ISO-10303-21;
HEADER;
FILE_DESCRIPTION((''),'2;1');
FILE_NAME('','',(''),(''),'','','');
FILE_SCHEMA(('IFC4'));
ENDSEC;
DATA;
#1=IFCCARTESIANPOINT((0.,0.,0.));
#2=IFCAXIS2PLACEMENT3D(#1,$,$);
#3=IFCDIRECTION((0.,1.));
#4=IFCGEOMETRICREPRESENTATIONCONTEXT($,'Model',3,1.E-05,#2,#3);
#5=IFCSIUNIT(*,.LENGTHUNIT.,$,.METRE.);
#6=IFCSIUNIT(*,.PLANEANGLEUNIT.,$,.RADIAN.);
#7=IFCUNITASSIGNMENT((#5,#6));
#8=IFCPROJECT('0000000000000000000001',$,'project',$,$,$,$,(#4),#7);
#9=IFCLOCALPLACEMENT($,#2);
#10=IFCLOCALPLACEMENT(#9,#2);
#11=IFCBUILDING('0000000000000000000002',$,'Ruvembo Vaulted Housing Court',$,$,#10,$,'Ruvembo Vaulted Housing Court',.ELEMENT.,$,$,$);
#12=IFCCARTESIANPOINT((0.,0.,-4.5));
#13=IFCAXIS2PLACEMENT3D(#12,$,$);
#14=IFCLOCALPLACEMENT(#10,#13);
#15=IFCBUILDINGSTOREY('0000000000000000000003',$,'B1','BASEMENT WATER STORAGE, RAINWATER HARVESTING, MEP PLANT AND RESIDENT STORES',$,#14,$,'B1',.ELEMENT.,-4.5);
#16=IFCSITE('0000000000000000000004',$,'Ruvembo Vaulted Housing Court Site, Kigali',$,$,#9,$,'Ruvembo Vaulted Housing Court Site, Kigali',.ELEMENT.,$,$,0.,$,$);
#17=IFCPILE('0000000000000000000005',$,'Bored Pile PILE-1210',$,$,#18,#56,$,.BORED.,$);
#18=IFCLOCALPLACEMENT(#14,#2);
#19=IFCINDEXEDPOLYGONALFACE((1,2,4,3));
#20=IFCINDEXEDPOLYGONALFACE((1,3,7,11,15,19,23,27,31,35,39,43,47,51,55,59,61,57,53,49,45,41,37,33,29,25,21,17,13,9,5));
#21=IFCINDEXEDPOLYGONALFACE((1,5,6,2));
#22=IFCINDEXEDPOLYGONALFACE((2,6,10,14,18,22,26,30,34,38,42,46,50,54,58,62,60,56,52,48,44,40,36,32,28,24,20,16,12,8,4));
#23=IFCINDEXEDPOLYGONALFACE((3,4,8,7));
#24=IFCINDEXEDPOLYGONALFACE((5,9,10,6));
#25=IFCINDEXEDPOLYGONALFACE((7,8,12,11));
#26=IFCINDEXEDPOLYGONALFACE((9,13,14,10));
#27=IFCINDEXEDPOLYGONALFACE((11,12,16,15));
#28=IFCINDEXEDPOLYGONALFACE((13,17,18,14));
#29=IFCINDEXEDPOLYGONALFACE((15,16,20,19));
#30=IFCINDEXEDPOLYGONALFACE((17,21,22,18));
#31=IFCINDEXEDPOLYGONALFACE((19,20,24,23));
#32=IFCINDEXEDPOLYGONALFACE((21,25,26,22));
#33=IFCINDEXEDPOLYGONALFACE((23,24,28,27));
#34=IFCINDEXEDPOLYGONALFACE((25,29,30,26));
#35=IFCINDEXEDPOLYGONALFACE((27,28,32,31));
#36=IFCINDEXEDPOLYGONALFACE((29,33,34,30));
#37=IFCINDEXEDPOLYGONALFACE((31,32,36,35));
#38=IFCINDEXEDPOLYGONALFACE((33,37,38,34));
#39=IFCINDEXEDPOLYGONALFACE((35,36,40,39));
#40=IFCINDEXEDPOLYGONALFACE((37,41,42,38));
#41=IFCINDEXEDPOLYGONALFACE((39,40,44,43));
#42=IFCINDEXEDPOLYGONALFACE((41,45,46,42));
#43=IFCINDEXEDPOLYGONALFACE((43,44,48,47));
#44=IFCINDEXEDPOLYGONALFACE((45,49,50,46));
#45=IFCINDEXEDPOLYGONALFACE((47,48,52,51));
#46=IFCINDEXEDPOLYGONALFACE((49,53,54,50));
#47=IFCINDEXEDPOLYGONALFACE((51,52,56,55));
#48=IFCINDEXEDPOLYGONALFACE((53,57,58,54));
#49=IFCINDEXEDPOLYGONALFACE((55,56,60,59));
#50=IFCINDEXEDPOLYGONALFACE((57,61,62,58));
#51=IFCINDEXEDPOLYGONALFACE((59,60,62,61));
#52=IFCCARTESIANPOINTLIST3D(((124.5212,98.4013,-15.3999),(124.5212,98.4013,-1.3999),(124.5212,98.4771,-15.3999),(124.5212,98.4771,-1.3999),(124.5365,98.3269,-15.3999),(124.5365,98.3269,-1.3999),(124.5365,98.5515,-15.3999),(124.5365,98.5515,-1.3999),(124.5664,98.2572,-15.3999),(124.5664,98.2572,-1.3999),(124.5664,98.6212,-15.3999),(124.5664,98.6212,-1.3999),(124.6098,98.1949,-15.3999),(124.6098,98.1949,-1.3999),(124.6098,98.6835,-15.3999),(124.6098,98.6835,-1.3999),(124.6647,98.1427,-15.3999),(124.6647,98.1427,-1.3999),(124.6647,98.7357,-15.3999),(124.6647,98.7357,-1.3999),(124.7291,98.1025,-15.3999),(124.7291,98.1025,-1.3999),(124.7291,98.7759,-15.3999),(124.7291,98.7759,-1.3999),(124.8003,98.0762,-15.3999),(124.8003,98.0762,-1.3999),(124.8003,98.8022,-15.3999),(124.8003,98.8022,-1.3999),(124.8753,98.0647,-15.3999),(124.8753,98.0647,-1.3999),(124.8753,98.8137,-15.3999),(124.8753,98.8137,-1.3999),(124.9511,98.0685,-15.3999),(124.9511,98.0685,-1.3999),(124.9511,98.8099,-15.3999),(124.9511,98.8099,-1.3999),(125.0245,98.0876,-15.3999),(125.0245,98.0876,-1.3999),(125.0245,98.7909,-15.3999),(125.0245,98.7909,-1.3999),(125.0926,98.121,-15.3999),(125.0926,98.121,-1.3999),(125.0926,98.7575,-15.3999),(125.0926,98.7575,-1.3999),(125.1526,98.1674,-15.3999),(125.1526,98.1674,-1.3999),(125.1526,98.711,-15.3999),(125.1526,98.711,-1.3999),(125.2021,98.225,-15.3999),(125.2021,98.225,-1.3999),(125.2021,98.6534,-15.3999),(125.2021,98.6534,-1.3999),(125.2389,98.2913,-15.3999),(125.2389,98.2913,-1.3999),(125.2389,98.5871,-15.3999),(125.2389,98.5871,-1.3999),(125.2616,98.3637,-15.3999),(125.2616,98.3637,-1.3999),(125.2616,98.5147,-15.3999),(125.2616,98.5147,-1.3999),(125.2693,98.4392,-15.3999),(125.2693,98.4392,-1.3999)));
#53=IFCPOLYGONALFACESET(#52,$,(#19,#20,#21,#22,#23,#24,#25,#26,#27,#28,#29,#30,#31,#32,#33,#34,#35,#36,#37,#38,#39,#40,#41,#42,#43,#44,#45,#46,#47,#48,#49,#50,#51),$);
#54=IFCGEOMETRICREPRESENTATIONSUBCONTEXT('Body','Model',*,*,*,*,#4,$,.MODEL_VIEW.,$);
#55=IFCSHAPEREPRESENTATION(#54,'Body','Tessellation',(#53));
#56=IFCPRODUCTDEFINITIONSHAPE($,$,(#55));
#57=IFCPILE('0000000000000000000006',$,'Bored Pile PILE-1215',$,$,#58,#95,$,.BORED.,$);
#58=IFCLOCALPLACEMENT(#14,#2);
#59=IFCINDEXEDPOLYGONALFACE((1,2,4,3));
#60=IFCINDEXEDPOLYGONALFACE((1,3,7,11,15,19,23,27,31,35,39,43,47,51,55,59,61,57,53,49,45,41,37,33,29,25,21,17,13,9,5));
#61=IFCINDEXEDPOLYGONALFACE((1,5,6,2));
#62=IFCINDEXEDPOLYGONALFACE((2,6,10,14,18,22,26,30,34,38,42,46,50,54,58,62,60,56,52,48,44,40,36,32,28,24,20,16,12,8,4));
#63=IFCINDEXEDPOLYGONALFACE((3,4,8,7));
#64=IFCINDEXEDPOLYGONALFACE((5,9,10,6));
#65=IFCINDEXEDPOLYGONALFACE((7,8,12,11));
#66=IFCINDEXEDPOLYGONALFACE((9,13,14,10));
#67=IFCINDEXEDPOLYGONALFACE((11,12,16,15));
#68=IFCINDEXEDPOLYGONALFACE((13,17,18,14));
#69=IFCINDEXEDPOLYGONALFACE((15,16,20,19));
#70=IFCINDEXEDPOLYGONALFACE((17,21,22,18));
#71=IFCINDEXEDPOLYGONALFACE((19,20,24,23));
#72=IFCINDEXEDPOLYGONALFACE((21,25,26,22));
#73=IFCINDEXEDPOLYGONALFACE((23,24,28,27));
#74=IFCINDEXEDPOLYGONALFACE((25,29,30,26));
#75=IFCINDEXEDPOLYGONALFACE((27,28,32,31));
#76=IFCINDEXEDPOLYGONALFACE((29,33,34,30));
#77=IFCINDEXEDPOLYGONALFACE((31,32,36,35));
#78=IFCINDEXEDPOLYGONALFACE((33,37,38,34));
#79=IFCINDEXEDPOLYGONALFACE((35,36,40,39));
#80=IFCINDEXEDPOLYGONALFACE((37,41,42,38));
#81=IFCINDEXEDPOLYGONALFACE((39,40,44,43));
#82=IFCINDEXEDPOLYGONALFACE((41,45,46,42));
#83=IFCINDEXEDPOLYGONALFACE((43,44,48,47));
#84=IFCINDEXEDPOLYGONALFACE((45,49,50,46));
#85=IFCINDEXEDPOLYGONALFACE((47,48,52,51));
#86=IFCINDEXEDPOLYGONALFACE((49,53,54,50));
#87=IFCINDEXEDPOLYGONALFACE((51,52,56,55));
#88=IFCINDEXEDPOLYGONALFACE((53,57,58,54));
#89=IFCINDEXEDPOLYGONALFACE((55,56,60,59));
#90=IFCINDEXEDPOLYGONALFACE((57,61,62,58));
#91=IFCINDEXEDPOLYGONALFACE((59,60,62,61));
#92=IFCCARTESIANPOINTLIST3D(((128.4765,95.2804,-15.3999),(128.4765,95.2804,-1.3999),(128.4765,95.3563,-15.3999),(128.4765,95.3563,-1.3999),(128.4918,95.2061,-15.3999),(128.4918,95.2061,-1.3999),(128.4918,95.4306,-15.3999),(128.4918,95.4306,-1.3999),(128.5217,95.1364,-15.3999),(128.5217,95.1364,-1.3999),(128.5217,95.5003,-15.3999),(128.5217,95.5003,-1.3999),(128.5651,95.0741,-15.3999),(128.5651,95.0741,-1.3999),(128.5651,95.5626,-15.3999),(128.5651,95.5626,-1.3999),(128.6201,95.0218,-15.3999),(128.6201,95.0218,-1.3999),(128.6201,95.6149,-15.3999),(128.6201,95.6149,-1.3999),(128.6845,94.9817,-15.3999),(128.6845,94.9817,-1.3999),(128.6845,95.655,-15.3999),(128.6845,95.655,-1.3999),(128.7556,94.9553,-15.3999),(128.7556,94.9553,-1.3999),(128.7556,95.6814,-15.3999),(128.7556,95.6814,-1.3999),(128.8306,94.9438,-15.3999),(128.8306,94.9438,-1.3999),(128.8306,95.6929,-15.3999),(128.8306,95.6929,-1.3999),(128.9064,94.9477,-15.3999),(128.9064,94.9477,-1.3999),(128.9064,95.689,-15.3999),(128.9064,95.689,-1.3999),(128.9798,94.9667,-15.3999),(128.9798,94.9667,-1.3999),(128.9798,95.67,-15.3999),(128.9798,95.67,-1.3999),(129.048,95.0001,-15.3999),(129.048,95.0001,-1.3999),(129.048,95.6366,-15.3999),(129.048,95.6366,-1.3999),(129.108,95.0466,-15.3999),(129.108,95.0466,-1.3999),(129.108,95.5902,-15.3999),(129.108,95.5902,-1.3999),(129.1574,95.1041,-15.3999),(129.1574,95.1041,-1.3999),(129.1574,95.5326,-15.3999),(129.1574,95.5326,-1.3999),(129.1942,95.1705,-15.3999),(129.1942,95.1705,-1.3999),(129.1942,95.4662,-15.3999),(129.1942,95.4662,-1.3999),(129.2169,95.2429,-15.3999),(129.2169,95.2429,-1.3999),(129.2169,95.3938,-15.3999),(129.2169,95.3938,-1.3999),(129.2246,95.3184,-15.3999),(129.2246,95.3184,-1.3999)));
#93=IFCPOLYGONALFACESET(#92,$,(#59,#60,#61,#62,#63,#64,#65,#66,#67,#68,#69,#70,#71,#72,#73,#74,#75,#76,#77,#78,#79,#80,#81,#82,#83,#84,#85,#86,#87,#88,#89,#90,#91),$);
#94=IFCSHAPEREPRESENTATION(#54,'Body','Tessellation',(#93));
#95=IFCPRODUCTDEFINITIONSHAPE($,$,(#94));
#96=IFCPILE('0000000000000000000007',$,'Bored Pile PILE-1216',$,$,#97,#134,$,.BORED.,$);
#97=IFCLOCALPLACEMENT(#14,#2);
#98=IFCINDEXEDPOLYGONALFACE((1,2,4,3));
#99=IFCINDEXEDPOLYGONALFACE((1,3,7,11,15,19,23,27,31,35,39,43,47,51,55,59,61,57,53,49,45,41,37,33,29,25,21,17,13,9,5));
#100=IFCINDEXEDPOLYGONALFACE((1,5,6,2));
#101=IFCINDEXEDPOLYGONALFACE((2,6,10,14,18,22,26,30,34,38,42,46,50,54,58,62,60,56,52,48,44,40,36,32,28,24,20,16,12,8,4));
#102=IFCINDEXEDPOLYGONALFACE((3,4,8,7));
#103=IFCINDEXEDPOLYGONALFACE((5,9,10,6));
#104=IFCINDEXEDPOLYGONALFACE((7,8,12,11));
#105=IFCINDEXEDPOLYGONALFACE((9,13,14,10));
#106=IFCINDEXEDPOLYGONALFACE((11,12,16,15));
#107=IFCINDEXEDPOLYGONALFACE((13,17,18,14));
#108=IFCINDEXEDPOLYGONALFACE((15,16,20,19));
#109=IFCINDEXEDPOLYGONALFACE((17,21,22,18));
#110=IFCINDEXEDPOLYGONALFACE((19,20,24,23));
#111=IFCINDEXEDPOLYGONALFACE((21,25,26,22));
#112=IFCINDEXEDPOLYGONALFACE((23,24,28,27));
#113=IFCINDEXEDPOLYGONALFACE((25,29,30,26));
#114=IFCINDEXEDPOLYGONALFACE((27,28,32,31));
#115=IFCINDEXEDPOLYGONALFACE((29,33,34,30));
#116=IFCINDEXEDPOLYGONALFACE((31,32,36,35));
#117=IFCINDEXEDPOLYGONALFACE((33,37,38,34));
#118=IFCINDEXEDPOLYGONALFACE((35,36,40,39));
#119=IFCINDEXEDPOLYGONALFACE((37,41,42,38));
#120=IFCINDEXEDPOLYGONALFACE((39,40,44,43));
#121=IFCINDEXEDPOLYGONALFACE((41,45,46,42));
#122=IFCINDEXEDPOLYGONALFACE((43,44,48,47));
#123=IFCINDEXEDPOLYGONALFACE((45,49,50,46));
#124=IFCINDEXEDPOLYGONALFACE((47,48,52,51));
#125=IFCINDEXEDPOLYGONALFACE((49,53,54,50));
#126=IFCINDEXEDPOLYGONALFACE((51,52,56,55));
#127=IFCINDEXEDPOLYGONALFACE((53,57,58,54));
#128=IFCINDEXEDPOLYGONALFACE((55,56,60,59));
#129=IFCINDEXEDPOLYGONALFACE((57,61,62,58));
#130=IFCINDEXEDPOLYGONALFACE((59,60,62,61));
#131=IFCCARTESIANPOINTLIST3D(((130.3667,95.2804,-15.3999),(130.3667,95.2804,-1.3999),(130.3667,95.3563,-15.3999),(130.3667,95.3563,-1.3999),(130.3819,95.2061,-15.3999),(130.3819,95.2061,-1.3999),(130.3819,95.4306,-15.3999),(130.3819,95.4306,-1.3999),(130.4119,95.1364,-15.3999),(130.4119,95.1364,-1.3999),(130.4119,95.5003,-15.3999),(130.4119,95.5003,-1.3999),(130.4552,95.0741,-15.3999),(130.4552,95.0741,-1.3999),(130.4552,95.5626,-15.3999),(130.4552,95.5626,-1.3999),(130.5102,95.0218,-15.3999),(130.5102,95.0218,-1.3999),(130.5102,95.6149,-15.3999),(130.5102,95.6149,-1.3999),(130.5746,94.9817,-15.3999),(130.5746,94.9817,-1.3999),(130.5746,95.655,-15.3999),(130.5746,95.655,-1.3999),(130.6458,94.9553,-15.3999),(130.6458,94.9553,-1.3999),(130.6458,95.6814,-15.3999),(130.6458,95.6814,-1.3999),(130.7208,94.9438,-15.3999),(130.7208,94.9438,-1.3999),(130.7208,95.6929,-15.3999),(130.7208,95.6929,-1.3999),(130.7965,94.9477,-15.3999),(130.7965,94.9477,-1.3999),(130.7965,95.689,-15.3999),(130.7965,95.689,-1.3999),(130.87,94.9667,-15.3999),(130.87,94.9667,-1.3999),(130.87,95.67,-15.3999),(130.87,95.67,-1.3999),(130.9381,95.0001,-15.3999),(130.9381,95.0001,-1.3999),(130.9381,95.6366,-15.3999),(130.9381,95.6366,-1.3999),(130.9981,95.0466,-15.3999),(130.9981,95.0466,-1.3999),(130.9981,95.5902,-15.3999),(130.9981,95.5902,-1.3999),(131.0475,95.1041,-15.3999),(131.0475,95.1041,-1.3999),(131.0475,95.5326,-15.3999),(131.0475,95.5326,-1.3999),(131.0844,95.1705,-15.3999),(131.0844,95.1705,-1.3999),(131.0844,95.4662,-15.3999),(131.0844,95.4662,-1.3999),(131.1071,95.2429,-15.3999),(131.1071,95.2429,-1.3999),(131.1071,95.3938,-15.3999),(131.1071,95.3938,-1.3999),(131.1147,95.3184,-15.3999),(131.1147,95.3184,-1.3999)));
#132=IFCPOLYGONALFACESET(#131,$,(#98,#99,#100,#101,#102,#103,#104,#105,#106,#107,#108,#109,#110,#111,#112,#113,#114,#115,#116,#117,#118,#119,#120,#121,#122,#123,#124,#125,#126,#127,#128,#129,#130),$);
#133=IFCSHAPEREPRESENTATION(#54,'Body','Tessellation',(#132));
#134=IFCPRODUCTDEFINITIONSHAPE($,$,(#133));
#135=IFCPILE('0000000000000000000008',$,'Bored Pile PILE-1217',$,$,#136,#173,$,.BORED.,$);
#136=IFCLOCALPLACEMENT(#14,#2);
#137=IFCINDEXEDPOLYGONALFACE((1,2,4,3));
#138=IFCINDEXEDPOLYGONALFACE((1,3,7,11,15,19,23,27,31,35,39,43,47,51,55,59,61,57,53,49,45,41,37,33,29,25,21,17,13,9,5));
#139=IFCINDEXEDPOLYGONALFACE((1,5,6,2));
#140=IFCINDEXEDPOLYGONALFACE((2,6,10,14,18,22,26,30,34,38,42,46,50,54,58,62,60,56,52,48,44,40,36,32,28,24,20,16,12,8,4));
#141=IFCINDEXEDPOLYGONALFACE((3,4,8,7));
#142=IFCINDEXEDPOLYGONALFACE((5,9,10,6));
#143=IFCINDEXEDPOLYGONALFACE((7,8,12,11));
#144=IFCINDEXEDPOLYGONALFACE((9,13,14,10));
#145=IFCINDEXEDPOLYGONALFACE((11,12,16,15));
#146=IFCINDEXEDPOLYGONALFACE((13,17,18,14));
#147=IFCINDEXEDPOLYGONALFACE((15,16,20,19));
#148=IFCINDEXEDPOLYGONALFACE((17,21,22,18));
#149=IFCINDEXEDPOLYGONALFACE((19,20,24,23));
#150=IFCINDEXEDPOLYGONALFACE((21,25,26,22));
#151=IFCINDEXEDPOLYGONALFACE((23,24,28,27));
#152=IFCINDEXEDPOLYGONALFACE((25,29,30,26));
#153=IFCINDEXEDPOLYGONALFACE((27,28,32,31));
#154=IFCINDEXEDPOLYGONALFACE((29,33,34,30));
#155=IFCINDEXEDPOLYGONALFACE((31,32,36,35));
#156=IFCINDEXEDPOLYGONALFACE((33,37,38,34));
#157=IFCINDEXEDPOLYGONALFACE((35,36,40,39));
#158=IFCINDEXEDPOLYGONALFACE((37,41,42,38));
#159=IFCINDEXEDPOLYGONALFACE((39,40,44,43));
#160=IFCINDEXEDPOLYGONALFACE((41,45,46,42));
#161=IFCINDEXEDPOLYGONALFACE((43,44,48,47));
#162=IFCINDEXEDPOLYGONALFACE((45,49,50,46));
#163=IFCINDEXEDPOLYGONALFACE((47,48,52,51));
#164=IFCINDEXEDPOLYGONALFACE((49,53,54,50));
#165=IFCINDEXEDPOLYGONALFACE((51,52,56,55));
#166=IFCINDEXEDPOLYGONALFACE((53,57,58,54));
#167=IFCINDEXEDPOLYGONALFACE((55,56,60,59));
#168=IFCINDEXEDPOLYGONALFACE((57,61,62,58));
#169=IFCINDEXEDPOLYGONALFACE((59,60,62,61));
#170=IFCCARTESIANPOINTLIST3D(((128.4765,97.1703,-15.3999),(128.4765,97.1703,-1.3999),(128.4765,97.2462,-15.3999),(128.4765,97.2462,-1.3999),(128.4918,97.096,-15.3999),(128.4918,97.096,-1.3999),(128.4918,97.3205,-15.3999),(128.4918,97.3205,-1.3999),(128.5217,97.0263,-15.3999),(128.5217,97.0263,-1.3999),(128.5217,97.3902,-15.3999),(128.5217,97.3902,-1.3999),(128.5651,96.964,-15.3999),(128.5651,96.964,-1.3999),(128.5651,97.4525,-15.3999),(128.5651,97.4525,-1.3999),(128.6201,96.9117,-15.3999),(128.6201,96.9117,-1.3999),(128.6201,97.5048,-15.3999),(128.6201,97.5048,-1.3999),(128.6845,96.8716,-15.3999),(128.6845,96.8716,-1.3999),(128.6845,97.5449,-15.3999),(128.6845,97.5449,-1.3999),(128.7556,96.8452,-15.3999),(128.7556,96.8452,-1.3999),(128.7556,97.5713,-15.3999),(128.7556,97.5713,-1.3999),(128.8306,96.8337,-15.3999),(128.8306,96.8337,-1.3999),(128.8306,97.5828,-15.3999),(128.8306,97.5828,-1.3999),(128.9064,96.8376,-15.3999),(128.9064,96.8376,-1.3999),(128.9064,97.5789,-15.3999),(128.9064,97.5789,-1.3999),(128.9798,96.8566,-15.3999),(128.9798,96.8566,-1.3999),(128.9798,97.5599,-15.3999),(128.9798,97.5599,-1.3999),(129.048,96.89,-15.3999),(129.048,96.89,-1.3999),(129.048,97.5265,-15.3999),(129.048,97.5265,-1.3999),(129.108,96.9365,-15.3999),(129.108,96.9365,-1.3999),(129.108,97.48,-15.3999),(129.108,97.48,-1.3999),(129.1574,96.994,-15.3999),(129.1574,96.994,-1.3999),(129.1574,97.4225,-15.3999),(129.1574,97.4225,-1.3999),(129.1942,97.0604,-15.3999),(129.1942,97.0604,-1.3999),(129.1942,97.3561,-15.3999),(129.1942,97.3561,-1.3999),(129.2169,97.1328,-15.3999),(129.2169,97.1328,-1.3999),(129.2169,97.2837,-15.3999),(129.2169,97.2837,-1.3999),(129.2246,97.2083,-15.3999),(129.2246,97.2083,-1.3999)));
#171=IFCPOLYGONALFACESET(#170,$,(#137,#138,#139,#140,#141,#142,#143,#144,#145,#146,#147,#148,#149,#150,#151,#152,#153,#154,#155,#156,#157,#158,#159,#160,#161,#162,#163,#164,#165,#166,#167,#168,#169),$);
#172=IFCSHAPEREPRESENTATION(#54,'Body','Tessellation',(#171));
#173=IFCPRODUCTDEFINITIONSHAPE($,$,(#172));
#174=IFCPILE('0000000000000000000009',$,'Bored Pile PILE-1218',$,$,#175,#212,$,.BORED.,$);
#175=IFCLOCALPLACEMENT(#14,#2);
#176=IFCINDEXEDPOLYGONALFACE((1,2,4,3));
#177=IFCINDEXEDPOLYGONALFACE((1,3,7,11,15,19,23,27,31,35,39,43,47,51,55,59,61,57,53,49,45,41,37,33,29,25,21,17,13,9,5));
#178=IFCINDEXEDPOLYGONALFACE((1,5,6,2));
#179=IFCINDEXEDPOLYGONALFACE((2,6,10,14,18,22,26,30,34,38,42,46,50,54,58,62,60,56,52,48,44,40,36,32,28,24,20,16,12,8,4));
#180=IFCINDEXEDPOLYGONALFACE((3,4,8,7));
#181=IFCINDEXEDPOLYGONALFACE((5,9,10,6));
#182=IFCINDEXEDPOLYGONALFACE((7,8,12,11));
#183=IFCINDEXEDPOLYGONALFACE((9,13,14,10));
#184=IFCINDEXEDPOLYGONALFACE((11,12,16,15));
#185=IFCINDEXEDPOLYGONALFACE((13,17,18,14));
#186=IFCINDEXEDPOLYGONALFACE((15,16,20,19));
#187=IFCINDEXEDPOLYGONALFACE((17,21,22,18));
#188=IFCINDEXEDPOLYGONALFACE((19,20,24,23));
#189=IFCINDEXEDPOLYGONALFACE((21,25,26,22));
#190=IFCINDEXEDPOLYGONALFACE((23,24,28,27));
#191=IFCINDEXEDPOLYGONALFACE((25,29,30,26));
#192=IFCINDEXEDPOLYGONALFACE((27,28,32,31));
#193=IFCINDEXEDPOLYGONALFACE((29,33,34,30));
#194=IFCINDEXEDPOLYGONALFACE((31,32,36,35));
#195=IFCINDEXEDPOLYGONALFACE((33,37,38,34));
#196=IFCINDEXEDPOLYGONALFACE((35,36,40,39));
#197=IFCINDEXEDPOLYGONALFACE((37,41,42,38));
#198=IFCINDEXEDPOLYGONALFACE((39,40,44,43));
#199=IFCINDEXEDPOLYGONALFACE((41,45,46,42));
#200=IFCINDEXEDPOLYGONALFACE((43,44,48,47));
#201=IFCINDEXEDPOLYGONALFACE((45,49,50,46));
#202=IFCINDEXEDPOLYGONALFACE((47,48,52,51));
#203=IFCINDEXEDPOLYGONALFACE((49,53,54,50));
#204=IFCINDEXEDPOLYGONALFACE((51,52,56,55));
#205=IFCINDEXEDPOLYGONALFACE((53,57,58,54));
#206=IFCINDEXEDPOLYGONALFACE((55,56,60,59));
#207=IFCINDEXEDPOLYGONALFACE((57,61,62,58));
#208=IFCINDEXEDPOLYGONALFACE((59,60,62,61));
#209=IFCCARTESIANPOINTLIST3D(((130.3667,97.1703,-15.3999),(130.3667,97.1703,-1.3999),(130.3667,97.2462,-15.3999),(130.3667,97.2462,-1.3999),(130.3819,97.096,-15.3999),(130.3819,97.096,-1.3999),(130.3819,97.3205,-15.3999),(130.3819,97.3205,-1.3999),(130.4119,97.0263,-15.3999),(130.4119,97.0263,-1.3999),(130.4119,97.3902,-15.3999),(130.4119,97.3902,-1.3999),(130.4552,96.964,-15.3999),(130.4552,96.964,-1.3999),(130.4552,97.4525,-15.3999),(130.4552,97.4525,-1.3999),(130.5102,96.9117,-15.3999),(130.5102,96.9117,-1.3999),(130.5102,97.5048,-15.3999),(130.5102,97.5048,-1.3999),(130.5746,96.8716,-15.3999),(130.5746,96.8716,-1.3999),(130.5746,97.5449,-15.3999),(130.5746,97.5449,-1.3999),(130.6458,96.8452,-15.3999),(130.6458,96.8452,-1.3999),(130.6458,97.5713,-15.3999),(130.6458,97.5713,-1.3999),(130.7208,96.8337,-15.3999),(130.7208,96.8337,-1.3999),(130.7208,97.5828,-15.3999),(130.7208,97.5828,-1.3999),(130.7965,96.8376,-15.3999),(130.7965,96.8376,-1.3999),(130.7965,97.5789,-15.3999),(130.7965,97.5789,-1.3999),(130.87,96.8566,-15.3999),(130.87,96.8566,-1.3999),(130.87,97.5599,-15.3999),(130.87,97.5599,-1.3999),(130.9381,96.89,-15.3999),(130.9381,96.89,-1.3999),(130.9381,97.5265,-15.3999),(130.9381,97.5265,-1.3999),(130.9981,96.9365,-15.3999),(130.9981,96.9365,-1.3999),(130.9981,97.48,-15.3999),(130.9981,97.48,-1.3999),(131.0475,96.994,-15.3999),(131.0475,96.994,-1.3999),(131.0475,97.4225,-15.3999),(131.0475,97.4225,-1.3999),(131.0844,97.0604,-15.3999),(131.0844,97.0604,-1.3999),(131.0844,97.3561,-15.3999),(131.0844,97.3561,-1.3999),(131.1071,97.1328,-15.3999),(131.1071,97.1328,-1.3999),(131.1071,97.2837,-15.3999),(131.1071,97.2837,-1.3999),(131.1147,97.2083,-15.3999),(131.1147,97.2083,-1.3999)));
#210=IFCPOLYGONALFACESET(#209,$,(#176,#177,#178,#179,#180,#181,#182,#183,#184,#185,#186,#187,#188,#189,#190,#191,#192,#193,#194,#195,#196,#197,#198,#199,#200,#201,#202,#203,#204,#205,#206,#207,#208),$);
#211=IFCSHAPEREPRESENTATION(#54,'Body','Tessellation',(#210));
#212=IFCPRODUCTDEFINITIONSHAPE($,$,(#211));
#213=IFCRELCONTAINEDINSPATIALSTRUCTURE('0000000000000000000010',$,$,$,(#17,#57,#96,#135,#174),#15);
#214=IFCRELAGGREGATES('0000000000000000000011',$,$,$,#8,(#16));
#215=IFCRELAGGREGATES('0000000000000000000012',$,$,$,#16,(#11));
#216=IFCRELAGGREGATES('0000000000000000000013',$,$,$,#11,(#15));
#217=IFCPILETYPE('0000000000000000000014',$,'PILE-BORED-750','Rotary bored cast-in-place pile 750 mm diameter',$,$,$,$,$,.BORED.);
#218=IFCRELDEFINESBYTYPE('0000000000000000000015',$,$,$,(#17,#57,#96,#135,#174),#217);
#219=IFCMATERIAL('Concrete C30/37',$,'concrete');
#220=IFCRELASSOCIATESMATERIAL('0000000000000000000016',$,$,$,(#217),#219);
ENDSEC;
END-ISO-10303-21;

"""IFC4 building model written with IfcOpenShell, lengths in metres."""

from ifc_helpers import new_model, si_unit, direction, frame, origin, origin_2d, place, context, subcontext, project, spatial, circle, extrude, material, material_profile, profile_set, type_object, element, save


model = new_model("IFC4")

# Units and contexts
model_context = context("Model", 3, precision=1e-05, world=origin(), true_north=direction((0.0, 1.0)))
body_context = subcontext(model_context, "Body", "Model", "MODEL_VIEW")
ifc_project = project(units=[si_unit("LENGTHUNIT", "METRE"), si_unit("PLANEANGLEUNIT", "RADIAN")], contexts=[model_context])

# Site, building, storey
site_placement = place(None, origin())
site = spatial("IfcSite", under=ifc_project, at=site_placement, Name="Ruvembo Vaulted Housing Court Site, Kigali", LongName="Ruvembo Vaulted Housing Court Site, Kigali", CompositionType="ELEMENT", RefElevation=0.0)
building_placement = place(site_placement, origin())
building = spatial("IfcBuilding", under=site, at=building_placement, Name="Ruvembo Vaulted Housing Court", LongName="Ruvembo Vaulted Housing Court", CompositionType="ELEMENT")
storey_placement = place(building_placement, frame((0.0, 0.0, -4.5)))
storey = spatial("IfcBuildingStorey", under=building, at=storey_placement, Name="B1", Description="BASEMENT WATER STORAGE, RAINWATER HARVESTING, MEP PLANT AND RESIDENT STORES", LongName="B1", CompositionType="ELEMENT", Elevation=-4.5)

# Piles
ifc_material_1 = material(Name="Concrete C30/37", Category="concrete")
ifc_material_profile_1 = material_profile(ifc_material_1, circle(Radius=0.375, at=origin_2d()), Name="PILE D750")
ifc_profile_set_1 = profile_set([ifc_material_profile_1], Name="Concrete C30/37")
pile_type_1 = type_object("IfcPileType", Name="PILE-BORED-750", Description="Rotary bored cast-in-place pile 750 mm diameter", PredefinedType="BORED", material=ifc_profile_set_1)
for number, where, z_axis, x_axis, name in (
    (1, (124.8943, 98.4392, -1.3999), (0.0, 0.0, -1.0), (1.0, 0.0, 0.0), "Bored Pile PILE-1210"),
    (2, (128.8496, 95.3184, -1.3999), (0.0, 0.0, -1.0), (1.0, 0.0, 0.0), "Bored Pile PILE-1215"),
    (3, (130.7397, 95.3184, -1.3999), (0.0, 0.0, -1.0), (1.0, 0.0, 0.0), "Bored Pile PILE-1216"),
    (4, (128.8496, 97.2083, -1.3999), (0.0, 0.0, -1.0), (1.0, 0.0, 0.0), "Bored Pile PILE-1217"),
    (5, (130.7397, 97.2083, -1.3999), (0.0, 0.0, -1.0), (1.0, 0.0, 0.0), "Bored Pile PILE-1218"),
):
    element("IfcPile", number, at=place(storey_placement, frame(where, z_axis=z_axis, x_axis=x_axis)), inside=storey, type_object=pile_type_1, Name=name, PredefinedType="BORED", context=body_context, shape_type="SweptSolid", body=[
        extrude(circle(Radius=0.375, at=origin_2d()), origin(), (0.0, 0.0, 1.0), 14.0),
    ])

save(model, "model.ifc")
